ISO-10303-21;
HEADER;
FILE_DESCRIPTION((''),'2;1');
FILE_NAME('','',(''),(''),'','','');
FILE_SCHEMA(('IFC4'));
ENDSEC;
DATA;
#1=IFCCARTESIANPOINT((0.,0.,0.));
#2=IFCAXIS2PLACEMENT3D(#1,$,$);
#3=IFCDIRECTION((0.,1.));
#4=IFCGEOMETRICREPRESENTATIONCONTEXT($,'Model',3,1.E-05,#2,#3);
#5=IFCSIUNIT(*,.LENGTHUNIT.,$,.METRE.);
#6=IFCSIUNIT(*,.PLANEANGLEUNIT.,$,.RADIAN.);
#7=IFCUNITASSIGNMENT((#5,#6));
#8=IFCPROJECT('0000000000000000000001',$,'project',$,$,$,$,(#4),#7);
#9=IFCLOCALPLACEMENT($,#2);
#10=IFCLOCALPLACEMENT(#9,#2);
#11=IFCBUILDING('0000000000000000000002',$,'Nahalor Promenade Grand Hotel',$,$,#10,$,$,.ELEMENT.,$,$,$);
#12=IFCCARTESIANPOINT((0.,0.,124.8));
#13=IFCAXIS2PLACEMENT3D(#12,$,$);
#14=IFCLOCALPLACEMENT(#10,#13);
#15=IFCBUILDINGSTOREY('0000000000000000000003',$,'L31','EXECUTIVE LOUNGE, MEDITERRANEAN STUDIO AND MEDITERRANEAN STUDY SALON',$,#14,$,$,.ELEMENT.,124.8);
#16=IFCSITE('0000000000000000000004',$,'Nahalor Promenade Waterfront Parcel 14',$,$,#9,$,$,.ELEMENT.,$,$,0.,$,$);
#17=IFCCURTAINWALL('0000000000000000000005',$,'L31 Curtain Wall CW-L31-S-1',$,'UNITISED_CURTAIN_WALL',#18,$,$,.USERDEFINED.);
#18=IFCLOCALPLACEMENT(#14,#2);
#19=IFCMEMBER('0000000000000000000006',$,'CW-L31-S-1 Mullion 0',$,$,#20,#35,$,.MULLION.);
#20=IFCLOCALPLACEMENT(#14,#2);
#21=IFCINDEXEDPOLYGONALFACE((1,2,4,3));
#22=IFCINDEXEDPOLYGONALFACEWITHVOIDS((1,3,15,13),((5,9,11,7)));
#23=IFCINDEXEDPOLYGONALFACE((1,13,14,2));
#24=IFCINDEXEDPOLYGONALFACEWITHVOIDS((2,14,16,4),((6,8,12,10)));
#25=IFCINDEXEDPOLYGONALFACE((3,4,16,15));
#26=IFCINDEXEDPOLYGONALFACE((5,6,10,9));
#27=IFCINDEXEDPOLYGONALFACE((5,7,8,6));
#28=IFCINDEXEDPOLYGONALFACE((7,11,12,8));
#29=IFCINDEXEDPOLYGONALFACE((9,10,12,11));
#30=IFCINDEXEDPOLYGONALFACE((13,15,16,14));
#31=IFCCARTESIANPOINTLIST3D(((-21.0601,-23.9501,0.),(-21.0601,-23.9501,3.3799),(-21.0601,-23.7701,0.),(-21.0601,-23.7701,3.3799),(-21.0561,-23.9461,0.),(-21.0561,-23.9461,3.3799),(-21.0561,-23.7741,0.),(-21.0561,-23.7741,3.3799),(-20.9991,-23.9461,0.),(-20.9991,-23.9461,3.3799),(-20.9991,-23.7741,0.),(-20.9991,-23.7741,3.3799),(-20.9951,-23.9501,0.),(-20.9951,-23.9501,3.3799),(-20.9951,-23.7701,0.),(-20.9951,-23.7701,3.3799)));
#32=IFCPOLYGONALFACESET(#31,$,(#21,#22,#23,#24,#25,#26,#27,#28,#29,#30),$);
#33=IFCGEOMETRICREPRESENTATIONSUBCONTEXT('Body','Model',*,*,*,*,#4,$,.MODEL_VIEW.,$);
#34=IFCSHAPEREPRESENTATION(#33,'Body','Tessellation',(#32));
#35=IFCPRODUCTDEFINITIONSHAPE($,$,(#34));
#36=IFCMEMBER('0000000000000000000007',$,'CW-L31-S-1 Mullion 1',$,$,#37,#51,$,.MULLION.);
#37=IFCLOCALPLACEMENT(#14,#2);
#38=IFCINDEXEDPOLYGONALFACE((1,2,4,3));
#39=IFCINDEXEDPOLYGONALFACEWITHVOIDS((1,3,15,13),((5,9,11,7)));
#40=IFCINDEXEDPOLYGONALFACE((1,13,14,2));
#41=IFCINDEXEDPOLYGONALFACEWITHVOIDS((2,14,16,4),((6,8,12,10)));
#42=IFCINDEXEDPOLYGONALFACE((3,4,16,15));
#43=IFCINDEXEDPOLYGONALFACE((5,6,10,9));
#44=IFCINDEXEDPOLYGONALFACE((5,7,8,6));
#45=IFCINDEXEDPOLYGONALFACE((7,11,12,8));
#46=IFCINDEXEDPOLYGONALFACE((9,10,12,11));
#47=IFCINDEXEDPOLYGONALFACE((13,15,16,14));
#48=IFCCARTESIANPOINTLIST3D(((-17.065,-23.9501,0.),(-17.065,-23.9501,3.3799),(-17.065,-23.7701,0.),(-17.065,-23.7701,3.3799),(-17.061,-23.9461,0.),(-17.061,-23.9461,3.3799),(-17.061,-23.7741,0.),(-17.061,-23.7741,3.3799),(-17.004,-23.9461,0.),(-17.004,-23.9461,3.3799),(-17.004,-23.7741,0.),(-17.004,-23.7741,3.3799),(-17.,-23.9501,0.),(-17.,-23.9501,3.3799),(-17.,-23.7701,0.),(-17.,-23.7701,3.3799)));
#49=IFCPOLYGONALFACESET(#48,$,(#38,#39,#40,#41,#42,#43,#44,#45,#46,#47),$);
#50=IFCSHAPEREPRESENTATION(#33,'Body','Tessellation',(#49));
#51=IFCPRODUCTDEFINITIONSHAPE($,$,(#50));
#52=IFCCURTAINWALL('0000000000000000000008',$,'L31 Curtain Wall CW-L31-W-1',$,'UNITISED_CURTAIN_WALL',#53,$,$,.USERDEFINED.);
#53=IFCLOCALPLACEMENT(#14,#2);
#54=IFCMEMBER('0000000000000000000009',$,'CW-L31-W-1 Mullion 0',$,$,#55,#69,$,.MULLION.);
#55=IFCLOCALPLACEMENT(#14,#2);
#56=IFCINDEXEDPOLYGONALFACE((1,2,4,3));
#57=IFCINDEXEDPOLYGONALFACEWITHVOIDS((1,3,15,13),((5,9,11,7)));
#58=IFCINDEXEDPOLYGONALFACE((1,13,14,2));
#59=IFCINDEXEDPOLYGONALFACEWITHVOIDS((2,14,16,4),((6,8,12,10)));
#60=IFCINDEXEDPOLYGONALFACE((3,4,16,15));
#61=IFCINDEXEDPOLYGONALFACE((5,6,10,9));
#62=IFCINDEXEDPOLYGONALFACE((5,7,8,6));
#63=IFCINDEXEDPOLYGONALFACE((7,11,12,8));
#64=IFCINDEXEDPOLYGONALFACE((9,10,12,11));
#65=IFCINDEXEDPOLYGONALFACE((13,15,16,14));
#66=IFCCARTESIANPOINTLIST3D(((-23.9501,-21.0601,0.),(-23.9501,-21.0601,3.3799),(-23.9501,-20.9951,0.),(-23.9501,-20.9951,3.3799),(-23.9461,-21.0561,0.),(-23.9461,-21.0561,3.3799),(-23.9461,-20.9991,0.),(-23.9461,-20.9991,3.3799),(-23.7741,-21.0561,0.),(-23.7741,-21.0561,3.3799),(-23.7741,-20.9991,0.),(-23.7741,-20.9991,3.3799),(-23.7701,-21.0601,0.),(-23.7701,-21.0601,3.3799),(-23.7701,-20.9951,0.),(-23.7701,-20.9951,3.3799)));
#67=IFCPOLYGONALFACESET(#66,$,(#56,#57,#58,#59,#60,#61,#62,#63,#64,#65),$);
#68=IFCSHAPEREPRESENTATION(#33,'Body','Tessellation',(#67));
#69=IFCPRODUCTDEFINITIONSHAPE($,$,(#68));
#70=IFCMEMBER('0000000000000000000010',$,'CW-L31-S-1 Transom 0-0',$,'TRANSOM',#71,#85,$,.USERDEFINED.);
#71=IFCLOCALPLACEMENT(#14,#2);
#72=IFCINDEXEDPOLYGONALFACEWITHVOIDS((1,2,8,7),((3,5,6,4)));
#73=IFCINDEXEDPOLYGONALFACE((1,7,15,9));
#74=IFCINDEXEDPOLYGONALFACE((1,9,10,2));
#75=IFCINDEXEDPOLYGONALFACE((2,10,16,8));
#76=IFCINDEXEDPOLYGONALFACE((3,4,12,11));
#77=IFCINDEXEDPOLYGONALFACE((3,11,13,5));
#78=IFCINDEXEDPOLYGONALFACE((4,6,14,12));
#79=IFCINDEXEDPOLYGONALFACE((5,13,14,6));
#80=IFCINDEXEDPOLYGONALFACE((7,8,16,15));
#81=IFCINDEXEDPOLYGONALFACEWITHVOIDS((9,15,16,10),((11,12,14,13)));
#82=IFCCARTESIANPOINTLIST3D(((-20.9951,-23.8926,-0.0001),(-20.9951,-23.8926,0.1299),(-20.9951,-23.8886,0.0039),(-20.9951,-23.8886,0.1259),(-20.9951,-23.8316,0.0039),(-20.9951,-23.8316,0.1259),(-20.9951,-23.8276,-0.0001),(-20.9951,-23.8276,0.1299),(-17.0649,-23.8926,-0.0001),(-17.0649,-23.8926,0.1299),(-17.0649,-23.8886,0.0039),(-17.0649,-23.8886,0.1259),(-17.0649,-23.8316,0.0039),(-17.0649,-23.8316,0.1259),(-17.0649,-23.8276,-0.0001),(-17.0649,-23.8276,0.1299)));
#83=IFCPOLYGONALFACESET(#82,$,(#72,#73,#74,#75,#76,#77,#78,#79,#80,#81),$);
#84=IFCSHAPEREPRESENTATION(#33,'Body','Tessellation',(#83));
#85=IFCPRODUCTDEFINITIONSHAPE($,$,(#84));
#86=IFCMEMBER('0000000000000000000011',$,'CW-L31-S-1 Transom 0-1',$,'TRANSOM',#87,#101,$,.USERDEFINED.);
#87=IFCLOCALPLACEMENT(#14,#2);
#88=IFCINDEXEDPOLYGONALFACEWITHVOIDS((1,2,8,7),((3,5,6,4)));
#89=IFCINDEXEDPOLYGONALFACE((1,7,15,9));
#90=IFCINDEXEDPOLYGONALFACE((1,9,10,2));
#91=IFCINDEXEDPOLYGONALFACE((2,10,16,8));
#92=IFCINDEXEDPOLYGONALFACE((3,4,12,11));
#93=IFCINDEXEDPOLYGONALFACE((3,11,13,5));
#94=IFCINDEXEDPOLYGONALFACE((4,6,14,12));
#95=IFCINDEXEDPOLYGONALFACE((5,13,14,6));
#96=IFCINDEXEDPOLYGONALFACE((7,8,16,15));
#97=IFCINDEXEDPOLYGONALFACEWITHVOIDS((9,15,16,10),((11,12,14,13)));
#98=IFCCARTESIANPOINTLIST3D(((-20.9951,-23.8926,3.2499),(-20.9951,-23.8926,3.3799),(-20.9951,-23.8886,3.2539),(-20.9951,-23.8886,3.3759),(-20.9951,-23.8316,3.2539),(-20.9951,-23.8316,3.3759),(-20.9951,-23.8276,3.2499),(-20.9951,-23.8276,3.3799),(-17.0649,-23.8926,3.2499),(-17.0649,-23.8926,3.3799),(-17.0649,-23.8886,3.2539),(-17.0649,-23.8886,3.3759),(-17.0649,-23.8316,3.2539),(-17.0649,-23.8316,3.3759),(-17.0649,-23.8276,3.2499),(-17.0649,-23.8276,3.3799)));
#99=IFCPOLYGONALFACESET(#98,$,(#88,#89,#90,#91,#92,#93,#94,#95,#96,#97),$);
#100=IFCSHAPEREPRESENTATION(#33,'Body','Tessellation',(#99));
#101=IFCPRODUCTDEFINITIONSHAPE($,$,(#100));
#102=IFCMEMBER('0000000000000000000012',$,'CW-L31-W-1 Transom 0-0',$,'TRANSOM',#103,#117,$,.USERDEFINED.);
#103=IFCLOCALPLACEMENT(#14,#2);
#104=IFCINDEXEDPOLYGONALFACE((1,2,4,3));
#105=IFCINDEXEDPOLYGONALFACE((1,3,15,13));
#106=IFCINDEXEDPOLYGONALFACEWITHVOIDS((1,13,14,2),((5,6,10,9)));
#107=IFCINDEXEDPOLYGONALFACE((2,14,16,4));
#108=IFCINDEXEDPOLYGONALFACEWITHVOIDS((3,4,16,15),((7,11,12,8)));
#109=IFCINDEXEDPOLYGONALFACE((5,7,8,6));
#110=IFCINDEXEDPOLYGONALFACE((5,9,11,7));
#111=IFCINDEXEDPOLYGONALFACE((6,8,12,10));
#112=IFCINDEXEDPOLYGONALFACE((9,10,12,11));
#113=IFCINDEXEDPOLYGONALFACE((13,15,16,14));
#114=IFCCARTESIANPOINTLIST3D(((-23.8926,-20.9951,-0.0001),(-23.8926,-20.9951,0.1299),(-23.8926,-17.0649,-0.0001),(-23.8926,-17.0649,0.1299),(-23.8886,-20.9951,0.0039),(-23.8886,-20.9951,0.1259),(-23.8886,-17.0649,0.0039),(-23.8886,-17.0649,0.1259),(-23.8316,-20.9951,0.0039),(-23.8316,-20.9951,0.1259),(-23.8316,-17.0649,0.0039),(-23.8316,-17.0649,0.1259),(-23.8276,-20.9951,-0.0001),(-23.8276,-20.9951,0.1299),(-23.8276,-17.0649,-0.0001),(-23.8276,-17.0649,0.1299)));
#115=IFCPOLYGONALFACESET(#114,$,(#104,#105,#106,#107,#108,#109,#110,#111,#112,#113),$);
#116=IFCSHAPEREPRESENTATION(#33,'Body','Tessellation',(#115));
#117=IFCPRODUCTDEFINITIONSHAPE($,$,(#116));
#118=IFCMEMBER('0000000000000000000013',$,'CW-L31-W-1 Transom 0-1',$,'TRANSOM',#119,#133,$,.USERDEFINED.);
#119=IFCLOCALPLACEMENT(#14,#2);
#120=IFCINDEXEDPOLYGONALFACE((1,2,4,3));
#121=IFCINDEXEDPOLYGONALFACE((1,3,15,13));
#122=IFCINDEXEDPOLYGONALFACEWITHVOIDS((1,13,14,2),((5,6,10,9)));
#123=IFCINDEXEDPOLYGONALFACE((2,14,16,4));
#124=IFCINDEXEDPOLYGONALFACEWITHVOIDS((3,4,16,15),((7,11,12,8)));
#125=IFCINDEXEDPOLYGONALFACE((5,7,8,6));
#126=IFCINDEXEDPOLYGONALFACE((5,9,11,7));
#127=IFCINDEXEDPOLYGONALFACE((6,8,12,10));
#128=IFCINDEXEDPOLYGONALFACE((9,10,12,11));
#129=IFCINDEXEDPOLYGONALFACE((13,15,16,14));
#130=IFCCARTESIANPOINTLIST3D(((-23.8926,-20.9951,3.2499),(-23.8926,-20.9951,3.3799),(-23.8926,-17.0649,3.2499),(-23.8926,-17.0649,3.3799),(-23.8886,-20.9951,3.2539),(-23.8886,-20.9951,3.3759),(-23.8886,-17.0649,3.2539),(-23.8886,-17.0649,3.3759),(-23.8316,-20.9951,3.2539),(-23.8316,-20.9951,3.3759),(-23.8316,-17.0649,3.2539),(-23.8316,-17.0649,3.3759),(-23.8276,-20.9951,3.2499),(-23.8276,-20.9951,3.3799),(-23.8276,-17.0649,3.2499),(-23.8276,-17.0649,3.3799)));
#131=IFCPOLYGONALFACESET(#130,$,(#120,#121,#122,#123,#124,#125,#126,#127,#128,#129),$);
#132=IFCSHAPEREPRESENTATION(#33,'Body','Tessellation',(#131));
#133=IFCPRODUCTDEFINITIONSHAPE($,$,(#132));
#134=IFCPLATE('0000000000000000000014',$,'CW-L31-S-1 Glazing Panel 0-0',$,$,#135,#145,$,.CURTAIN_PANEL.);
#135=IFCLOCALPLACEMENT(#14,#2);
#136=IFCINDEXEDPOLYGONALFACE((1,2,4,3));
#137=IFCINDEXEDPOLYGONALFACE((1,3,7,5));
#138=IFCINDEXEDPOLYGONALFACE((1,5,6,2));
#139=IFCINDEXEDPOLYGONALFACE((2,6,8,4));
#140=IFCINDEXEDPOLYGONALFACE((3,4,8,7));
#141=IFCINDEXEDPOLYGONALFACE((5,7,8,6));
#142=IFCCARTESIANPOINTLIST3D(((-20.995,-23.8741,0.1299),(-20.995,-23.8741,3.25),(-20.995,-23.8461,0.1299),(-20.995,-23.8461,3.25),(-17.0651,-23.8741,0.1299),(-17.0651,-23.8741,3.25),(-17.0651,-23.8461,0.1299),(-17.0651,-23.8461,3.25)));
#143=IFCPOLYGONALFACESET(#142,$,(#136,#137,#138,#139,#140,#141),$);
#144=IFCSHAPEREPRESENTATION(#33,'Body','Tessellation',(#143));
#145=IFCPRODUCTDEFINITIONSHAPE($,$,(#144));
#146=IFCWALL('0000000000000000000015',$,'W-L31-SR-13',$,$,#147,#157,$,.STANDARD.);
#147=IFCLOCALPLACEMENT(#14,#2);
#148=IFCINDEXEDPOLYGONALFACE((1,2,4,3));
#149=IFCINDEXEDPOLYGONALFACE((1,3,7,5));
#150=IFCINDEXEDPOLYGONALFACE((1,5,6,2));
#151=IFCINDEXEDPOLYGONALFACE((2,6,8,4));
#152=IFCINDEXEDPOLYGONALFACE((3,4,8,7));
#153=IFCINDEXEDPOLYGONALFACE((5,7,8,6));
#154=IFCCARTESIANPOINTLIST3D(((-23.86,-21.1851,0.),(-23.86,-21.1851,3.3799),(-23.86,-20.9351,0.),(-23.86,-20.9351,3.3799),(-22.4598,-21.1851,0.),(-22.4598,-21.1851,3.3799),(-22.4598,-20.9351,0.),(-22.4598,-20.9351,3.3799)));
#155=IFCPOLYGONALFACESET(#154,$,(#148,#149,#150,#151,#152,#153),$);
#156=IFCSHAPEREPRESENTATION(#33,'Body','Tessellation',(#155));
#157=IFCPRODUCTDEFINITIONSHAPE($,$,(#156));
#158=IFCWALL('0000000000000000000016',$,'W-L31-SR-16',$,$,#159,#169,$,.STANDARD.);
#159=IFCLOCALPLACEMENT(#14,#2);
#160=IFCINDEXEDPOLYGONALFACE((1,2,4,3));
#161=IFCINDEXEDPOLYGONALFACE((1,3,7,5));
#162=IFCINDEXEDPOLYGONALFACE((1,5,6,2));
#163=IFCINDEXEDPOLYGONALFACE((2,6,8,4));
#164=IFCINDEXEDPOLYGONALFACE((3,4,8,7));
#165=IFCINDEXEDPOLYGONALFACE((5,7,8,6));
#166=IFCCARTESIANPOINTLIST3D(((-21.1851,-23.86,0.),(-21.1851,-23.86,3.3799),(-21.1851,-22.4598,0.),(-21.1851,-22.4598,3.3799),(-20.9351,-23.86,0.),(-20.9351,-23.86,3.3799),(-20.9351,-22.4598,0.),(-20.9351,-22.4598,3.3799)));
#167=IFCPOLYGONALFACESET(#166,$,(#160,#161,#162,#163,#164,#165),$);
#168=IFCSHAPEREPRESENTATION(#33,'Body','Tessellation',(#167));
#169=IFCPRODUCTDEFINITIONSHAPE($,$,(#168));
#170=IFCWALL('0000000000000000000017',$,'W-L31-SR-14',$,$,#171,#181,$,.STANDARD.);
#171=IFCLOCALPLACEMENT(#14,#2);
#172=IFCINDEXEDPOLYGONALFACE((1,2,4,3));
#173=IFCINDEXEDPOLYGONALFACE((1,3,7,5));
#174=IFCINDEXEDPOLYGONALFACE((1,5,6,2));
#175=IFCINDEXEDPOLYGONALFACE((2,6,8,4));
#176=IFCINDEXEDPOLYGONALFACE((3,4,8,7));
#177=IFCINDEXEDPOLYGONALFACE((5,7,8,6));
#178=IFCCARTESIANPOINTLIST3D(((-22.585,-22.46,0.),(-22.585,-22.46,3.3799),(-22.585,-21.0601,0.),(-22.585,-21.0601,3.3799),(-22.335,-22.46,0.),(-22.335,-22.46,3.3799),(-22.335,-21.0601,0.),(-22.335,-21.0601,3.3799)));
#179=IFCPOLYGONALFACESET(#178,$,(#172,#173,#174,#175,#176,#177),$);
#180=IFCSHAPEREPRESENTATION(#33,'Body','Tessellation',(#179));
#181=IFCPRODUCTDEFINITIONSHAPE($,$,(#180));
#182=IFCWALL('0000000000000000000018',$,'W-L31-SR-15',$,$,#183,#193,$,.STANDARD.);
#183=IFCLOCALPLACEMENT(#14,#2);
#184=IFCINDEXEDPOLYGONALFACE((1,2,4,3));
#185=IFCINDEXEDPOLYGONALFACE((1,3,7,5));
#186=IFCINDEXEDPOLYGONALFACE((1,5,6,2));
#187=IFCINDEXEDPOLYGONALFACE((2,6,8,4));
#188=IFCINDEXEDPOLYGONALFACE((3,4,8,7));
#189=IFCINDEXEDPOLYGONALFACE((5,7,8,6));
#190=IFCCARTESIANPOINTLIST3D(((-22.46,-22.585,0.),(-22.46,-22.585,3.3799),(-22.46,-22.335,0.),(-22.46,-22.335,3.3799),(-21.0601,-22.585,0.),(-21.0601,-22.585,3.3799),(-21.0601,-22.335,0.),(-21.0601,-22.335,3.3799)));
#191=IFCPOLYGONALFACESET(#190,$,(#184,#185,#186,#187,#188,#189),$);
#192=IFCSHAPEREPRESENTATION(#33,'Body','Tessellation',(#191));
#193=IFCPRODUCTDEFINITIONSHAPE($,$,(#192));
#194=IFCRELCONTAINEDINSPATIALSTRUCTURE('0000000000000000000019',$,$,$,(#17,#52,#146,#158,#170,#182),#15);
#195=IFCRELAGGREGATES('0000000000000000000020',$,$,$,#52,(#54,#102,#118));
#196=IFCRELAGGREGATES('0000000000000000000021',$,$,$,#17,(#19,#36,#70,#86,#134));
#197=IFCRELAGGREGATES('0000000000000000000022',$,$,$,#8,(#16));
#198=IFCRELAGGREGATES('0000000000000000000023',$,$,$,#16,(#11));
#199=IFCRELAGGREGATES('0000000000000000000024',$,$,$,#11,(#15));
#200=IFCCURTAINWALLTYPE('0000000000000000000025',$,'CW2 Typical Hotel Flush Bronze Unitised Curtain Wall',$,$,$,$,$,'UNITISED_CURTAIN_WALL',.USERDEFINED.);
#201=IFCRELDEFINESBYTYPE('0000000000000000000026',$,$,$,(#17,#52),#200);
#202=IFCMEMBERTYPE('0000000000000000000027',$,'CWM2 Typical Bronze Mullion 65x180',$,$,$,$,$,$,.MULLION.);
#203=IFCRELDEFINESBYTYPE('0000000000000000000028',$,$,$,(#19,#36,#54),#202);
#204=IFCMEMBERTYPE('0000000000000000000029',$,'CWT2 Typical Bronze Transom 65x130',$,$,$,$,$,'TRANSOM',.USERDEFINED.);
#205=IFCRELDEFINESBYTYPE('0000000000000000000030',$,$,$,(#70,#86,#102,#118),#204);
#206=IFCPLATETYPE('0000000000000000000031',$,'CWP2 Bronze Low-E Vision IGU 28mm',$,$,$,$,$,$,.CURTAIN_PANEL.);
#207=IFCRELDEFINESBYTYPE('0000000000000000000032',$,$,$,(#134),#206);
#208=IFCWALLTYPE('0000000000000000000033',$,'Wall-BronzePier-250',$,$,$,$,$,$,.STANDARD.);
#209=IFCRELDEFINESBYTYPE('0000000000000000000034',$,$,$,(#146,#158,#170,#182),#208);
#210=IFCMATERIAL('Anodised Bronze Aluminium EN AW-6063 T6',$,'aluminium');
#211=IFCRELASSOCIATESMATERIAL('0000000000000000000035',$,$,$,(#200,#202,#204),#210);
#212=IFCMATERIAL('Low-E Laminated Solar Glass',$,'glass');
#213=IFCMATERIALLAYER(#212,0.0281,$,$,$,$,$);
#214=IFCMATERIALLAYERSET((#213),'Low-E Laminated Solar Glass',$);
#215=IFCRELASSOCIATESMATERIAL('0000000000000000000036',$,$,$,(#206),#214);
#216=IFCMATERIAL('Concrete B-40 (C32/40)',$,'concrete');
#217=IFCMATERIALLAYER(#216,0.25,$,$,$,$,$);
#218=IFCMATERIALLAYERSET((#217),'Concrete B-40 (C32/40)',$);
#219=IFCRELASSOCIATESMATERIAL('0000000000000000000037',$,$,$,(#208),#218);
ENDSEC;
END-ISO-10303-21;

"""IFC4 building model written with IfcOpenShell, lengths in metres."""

from ifc_helpers import new_model, si_unit, direction, frame, frame_2d, origin, origin_2d, place, context, subcontext, project, spatial, rectangle, hollow_rectangle, extrude, source, transform, mapped, material, layer, layer_set, material_profile, profile_set, type_object, element, aggregate, save


model = new_model("IFC4")

# Units and contexts
model_context = context("Model", 3, precision=1e-05, world=origin(), true_north=direction((0.0, 1.0)))
body_context = subcontext(model_context, "Body", "Model", "MODEL_VIEW")
ifc_project = project(units=[si_unit("LENGTHUNIT", "METRE"), si_unit("PLANEANGLEUNIT", "RADIAN")], contexts=[model_context])

# Site, building, storey
site_placement = place(None, origin())
site = spatial("IfcSite", under=ifc_project, at=site_placement, Name="Nahalor Promenade Waterfront Parcel 14", CompositionType="ELEMENT", RefElevation=0.0)
building_placement = place(site_placement, origin())
building = spatial("IfcBuilding", under=site, at=building_placement, Name="Nahalor Promenade Grand Hotel", CompositionType="ELEMENT")
storey_placement = place(building_placement, frame((0.0, 0.0, 124.8)))
storey = spatial("IfcBuildingStorey", under=building, at=storey_placement, Name="L31", Description="EXECUTIVE LOUNGE, MEDITERRANEAN STUDIO AND MEDITERRANEAN STUDY SALON", CompositionType="ELEMENT", Elevation=124.8)

# Curtain wall, members
ifc_material_1 = material(Name="Anodised Bronze Aluminium EN AW-6063 T6", Category="aluminium")
curtain_wall_type = type_object("IfcCurtainWallType", Name="CW2 Typical Hotel Flush Bronze Unitised Curtain Wall", ElementType="UNITISED_CURTAIN_WALL", PredefinedType="USERDEFINED", material=ifc_material_1)
curtain_wall_1_placement = place(storey_placement, origin())
curtain_wall_1 = element("IfcCurtainWall", 1, at=curtain_wall_1_placement, inside=storey, type_object=curtain_wall_type, Name="L31 Curtain Wall CW-L31-S-1", ObjectType="UNITISED_CURTAIN_WALL", PredefinedType="USERDEFINED")
ifc_material_profile_1 = material_profile(ifc_material_1, hollow_rectangle(XDim=0.065, YDim=0.18, WallThickness=0.004, at=origin_2d()), Name="CWM 65x180x4")
ifc_profile_set_1 = profile_set([ifc_material_profile_1], Name="Anodised Bronze Aluminium EN AW-6063 T6")
member_type_1 = type_object("IfcMemberType", Name="CWM2 Typical Bronze Mullion 65x180", PredefinedType="MULLION", material=ifc_profile_set_1)
shared_shape_1 = source(origin(), body_context, "Body", "SweptSolid", [
    extrude(hollow_rectangle(XDim=0.065, YDim=0.18, WallThickness=0.004, at=origin_2d()), origin(), (0.0, 0.0, 1.0), 3.3799),
])
member_1_placement = place(storey_placement, frame((-21.0276, -23.8601, 0.0), z_axis=(0.0, 0.0, 1.0), x_axis=(1.0, 0.0, 0.0)))
member_1 = element("IfcMember", 2, at=member_1_placement, type_object=member_type_1, Name="CW-L31-S-1 Mullion 0", PredefinedType="MULLION", context=body_context, shape_type="MappedRepresentation", body=[
    mapped(shared_shape_1, transform((0.0, 0.0, 0.0), scale=1.0)),
])
member_2_placement = place(storey_placement, frame((-17.0325, -23.8601, 0.0), z_axis=(0.0, 0.0, 1.0), x_axis=(1.0, 0.0, 0.0)))
member_2 = element("IfcMember", 3, at=member_2_placement, type_object=member_type_1, Name="CW-L31-S-1 Mullion 1", PredefinedType="MULLION", context=body_context, shape_type="MappedRepresentation", body=[
    mapped(shared_shape_1, transform((0.0, 0.0, 0.0), scale=1.0)),
])

# Curtain wall, member
curtain_wall_2_placement = place(storey_placement, origin())
curtain_wall_2 = element("IfcCurtainWall", 4, at=curtain_wall_2_placement, inside=storey, type_object=curtain_wall_type, Name="L31 Curtain Wall CW-L31-W-1", ObjectType="UNITISED_CURTAIN_WALL", PredefinedType="USERDEFINED")
member_3_placement = place(storey_placement, frame((-23.8601, -21.0276, 0.0), z_axis=(0.0, 0.0, 1.0), x_axis=(0.0, 1.0, 0.0)))
member_3 = element("IfcMember", 5, at=member_3_placement, type_object=member_type_1, Name="CW-L31-W-1 Mullion 0", PredefinedType="MULLION", context=body_context, shape_type="MappedRepresentation", body=[
    mapped(shared_shape_1, transform((0.0, 0.0, 0.0), scale=1.0)),
])

# Members
ifc_material_profile_2 = material_profile(ifc_material_1, hollow_rectangle(XDim=0.065, YDim=0.13, WallThickness=0.004, at=origin_2d()), Name="CWT 65x130x4")
ifc_profile_set_2 = profile_set([ifc_material_profile_2], Name="Anodised Bronze Aluminium EN AW-6063 T6")
member_type_2 = type_object("IfcMemberType", Name="CWT2 Typical Bronze Transom 65x130", ElementType="TRANSOM", PredefinedType="USERDEFINED", material=ifc_profile_set_2)
shared_shape_2 = source(origin(), body_context, "Body", "SweptSolid", [
    extrude(hollow_rectangle(XDim=0.065, YDim=0.13, WallThickness=0.004, at=origin_2d()), origin(), (0.0, 0.0, 1.0), 3.9302),
])
member_4_placement = place(storey_placement, frame((-20.9951, -23.8601, 0.0649), z_axis=(1.0, 0.0, 0.0), x_axis=(0.0, 1.0, 0.0)))
member_4 = element("IfcMember", 6, at=member_4_placement, type_object=member_type_2, Name="CW-L31-S-1 Transom 0-0", ObjectType="TRANSOM", PredefinedType="USERDEFINED", context=body_context, shape_type="MappedRepresentation", body=[
    mapped(shared_shape_2, transform((0.0, 0.0, 0.0), scale=1.0)),
])
member_5_placement = place(storey_placement, frame((-20.9951, -23.8601, 3.3149), z_axis=(1.0, 0.0, 0.0), x_axis=(0.0, 1.0, 0.0)))
member_5 = element("IfcMember", 7, at=member_5_placement, type_object=member_type_2, Name="CW-L31-S-1 Transom 0-1", ObjectType="TRANSOM", PredefinedType="USERDEFINED", context=body_context, shape_type="MappedRepresentation", body=[
    mapped(shared_shape_2, transform((0.0, 0.0, 0.0), scale=1.0)),
])
member_6_placement = place(storey_placement, frame((-23.8601, -20.9951, 0.0649), z_axis=(0.0, 1.0, 0.0), x_axis=(-1.0, 0.0, 0.0)))
member_6 = element("IfcMember", 8, at=member_6_placement, type_object=member_type_2, Name="CW-L31-W-1 Transom 0-0", ObjectType="TRANSOM", PredefinedType="USERDEFINED", context=body_context, shape_type="MappedRepresentation", body=[
    mapped(shared_shape_2, transform((0.0, 0.0, 0.0), scale=1.0)),
])
member_7_placement = place(storey_placement, frame((-23.8601, -20.9951, 3.3149), z_axis=(0.0, 1.0, 0.0), x_axis=(-1.0, 0.0, 0.0)))
member_7 = element("IfcMember", 9, at=member_7_placement, type_object=member_type_2, Name="CW-L31-W-1 Transom 0-1", ObjectType="TRANSOM", PredefinedType="USERDEFINED", context=body_context, shape_type="MappedRepresentation", body=[
    mapped(shared_shape_2, transform((0.0, 0.0, 0.0), scale=1.0)),
])
aggregate(curtain_wall_2, [member_3, member_6, member_7])

# Plate
ifc_material_2 = material(Name="Low-E Laminated Solar Glass", Category="glass")
ifc_layer_1 = layer(ifc_material_2, 0.0281)
ifc_layer_set_1 = layer_set([ifc_layer_1], Name="Low-E Laminated Solar Glass")
plate_type = type_object("IfcPlateType", Name="CWP2 Bronze Low-E Vision IGU 28mm", PredefinedType="CURTAIN_PANEL", material=ifc_layer_set_1)
shared_shape_3 = source(origin(), body_context, "Body", "SweptSolid", [
    extrude(rectangle(XDim=3.9299, YDim=0.0281, at=origin_2d()), origin(), (0.0, 0.0, 1.0), 3.1201),
])
plate_placement = place(storey_placement, frame((-19.03, -23.8601, 0.1299), z_axis=(0.0, 0.0, 1.0), x_axis=(1.0, 0.0, 0.0)))
plate = element("IfcPlate", 10, at=plate_placement, type_object=plate_type, Name="CW-L31-S-1 Glazing Panel 0-0", PredefinedType="CURTAIN_PANEL", context=body_context, shape_type="MappedRepresentation", body=[
    mapped(shared_shape_3, transform((0.0, 0.0, 0.0), scale=1.0)),
])
aggregate(curtain_wall_1, [member_1, member_2, member_4, member_5, plate])

# Walls
ifc_material_3 = material(Name="Concrete B-40 (C32/40)", Category="concrete")
ifc_layer_2 = layer(ifc_material_3, 0.25)
ifc_layer_set_2 = layer_set([ifc_layer_2], Name="Concrete B-40 (C32/40)")
wall_type_1 = type_object("IfcWallType", Name="Wall-BronzePier-250", PredefinedType="STANDARD", material=ifc_layer_set_2)
shared_shape_4 = source(origin(), body_context, "Body", "SweptSolid", [
    extrude(rectangle(XDim=1.4001, YDim=0.25, at=frame_2d((0.7002, 0.0))), origin(), (0.0, 0.0, 1.0), 3.3799),
])
for number, where, z_axis, x_axis, name in (
    (11, (-23.8601, -21.0601, 0.0), (0.0, 0.0, 1.0), (1.0, 0.0, 0.0), "W-L31-SR-13"),
    (12, (-21.0601, -23.8601, 0.0), (0.0, 0.0, 1.0), (0.0, 1.0, 0.0), "W-L31-SR-16"),
):
    element("IfcWall", number, at=place(storey_placement, frame(where, z_axis=z_axis, x_axis=x_axis)), inside=storey, type_object=wall_type_1, Name=name, PredefinedType="STANDARD", context=body_context, shape_type="MappedRepresentation", body=[
        mapped(shared_shape_4, transform((0.0, 0.0, 0.0), scale=1.0)),
    ])
shared_shape_5 = source(origin(), body_context, "Body", "SweptSolid", [
    extrude(rectangle(XDim=1.3999, YDim=0.25, at=frame_2d((0.7, 0.0))), origin(), (0.0, 0.0, 1.0), 3.3799),
])
for number, where, z_axis, x_axis, name in (
    (13, (-22.46, -22.46, 0.0), (0.0, 0.0, 1.0), (0.0, 1.0, 0.0), "W-L31-SR-14"),
    (14, (-22.46, -22.46, 0.0), (0.0, 0.0, 1.0), (1.0, 0.0, 0.0), "W-L31-SR-15"),
):
    element("IfcWall", number, at=place(storey_placement, frame(where, z_axis=z_axis, x_axis=x_axis)), inside=storey, type_object=wall_type_1, Name=name, PredefinedType="STANDARD", context=body_context, shape_type="MappedRepresentation", body=[
        mapped(shared_shape_5, transform((0.0, 0.0, 0.0), scale=1.0)),
    ])

save(model, "model.ifc")
